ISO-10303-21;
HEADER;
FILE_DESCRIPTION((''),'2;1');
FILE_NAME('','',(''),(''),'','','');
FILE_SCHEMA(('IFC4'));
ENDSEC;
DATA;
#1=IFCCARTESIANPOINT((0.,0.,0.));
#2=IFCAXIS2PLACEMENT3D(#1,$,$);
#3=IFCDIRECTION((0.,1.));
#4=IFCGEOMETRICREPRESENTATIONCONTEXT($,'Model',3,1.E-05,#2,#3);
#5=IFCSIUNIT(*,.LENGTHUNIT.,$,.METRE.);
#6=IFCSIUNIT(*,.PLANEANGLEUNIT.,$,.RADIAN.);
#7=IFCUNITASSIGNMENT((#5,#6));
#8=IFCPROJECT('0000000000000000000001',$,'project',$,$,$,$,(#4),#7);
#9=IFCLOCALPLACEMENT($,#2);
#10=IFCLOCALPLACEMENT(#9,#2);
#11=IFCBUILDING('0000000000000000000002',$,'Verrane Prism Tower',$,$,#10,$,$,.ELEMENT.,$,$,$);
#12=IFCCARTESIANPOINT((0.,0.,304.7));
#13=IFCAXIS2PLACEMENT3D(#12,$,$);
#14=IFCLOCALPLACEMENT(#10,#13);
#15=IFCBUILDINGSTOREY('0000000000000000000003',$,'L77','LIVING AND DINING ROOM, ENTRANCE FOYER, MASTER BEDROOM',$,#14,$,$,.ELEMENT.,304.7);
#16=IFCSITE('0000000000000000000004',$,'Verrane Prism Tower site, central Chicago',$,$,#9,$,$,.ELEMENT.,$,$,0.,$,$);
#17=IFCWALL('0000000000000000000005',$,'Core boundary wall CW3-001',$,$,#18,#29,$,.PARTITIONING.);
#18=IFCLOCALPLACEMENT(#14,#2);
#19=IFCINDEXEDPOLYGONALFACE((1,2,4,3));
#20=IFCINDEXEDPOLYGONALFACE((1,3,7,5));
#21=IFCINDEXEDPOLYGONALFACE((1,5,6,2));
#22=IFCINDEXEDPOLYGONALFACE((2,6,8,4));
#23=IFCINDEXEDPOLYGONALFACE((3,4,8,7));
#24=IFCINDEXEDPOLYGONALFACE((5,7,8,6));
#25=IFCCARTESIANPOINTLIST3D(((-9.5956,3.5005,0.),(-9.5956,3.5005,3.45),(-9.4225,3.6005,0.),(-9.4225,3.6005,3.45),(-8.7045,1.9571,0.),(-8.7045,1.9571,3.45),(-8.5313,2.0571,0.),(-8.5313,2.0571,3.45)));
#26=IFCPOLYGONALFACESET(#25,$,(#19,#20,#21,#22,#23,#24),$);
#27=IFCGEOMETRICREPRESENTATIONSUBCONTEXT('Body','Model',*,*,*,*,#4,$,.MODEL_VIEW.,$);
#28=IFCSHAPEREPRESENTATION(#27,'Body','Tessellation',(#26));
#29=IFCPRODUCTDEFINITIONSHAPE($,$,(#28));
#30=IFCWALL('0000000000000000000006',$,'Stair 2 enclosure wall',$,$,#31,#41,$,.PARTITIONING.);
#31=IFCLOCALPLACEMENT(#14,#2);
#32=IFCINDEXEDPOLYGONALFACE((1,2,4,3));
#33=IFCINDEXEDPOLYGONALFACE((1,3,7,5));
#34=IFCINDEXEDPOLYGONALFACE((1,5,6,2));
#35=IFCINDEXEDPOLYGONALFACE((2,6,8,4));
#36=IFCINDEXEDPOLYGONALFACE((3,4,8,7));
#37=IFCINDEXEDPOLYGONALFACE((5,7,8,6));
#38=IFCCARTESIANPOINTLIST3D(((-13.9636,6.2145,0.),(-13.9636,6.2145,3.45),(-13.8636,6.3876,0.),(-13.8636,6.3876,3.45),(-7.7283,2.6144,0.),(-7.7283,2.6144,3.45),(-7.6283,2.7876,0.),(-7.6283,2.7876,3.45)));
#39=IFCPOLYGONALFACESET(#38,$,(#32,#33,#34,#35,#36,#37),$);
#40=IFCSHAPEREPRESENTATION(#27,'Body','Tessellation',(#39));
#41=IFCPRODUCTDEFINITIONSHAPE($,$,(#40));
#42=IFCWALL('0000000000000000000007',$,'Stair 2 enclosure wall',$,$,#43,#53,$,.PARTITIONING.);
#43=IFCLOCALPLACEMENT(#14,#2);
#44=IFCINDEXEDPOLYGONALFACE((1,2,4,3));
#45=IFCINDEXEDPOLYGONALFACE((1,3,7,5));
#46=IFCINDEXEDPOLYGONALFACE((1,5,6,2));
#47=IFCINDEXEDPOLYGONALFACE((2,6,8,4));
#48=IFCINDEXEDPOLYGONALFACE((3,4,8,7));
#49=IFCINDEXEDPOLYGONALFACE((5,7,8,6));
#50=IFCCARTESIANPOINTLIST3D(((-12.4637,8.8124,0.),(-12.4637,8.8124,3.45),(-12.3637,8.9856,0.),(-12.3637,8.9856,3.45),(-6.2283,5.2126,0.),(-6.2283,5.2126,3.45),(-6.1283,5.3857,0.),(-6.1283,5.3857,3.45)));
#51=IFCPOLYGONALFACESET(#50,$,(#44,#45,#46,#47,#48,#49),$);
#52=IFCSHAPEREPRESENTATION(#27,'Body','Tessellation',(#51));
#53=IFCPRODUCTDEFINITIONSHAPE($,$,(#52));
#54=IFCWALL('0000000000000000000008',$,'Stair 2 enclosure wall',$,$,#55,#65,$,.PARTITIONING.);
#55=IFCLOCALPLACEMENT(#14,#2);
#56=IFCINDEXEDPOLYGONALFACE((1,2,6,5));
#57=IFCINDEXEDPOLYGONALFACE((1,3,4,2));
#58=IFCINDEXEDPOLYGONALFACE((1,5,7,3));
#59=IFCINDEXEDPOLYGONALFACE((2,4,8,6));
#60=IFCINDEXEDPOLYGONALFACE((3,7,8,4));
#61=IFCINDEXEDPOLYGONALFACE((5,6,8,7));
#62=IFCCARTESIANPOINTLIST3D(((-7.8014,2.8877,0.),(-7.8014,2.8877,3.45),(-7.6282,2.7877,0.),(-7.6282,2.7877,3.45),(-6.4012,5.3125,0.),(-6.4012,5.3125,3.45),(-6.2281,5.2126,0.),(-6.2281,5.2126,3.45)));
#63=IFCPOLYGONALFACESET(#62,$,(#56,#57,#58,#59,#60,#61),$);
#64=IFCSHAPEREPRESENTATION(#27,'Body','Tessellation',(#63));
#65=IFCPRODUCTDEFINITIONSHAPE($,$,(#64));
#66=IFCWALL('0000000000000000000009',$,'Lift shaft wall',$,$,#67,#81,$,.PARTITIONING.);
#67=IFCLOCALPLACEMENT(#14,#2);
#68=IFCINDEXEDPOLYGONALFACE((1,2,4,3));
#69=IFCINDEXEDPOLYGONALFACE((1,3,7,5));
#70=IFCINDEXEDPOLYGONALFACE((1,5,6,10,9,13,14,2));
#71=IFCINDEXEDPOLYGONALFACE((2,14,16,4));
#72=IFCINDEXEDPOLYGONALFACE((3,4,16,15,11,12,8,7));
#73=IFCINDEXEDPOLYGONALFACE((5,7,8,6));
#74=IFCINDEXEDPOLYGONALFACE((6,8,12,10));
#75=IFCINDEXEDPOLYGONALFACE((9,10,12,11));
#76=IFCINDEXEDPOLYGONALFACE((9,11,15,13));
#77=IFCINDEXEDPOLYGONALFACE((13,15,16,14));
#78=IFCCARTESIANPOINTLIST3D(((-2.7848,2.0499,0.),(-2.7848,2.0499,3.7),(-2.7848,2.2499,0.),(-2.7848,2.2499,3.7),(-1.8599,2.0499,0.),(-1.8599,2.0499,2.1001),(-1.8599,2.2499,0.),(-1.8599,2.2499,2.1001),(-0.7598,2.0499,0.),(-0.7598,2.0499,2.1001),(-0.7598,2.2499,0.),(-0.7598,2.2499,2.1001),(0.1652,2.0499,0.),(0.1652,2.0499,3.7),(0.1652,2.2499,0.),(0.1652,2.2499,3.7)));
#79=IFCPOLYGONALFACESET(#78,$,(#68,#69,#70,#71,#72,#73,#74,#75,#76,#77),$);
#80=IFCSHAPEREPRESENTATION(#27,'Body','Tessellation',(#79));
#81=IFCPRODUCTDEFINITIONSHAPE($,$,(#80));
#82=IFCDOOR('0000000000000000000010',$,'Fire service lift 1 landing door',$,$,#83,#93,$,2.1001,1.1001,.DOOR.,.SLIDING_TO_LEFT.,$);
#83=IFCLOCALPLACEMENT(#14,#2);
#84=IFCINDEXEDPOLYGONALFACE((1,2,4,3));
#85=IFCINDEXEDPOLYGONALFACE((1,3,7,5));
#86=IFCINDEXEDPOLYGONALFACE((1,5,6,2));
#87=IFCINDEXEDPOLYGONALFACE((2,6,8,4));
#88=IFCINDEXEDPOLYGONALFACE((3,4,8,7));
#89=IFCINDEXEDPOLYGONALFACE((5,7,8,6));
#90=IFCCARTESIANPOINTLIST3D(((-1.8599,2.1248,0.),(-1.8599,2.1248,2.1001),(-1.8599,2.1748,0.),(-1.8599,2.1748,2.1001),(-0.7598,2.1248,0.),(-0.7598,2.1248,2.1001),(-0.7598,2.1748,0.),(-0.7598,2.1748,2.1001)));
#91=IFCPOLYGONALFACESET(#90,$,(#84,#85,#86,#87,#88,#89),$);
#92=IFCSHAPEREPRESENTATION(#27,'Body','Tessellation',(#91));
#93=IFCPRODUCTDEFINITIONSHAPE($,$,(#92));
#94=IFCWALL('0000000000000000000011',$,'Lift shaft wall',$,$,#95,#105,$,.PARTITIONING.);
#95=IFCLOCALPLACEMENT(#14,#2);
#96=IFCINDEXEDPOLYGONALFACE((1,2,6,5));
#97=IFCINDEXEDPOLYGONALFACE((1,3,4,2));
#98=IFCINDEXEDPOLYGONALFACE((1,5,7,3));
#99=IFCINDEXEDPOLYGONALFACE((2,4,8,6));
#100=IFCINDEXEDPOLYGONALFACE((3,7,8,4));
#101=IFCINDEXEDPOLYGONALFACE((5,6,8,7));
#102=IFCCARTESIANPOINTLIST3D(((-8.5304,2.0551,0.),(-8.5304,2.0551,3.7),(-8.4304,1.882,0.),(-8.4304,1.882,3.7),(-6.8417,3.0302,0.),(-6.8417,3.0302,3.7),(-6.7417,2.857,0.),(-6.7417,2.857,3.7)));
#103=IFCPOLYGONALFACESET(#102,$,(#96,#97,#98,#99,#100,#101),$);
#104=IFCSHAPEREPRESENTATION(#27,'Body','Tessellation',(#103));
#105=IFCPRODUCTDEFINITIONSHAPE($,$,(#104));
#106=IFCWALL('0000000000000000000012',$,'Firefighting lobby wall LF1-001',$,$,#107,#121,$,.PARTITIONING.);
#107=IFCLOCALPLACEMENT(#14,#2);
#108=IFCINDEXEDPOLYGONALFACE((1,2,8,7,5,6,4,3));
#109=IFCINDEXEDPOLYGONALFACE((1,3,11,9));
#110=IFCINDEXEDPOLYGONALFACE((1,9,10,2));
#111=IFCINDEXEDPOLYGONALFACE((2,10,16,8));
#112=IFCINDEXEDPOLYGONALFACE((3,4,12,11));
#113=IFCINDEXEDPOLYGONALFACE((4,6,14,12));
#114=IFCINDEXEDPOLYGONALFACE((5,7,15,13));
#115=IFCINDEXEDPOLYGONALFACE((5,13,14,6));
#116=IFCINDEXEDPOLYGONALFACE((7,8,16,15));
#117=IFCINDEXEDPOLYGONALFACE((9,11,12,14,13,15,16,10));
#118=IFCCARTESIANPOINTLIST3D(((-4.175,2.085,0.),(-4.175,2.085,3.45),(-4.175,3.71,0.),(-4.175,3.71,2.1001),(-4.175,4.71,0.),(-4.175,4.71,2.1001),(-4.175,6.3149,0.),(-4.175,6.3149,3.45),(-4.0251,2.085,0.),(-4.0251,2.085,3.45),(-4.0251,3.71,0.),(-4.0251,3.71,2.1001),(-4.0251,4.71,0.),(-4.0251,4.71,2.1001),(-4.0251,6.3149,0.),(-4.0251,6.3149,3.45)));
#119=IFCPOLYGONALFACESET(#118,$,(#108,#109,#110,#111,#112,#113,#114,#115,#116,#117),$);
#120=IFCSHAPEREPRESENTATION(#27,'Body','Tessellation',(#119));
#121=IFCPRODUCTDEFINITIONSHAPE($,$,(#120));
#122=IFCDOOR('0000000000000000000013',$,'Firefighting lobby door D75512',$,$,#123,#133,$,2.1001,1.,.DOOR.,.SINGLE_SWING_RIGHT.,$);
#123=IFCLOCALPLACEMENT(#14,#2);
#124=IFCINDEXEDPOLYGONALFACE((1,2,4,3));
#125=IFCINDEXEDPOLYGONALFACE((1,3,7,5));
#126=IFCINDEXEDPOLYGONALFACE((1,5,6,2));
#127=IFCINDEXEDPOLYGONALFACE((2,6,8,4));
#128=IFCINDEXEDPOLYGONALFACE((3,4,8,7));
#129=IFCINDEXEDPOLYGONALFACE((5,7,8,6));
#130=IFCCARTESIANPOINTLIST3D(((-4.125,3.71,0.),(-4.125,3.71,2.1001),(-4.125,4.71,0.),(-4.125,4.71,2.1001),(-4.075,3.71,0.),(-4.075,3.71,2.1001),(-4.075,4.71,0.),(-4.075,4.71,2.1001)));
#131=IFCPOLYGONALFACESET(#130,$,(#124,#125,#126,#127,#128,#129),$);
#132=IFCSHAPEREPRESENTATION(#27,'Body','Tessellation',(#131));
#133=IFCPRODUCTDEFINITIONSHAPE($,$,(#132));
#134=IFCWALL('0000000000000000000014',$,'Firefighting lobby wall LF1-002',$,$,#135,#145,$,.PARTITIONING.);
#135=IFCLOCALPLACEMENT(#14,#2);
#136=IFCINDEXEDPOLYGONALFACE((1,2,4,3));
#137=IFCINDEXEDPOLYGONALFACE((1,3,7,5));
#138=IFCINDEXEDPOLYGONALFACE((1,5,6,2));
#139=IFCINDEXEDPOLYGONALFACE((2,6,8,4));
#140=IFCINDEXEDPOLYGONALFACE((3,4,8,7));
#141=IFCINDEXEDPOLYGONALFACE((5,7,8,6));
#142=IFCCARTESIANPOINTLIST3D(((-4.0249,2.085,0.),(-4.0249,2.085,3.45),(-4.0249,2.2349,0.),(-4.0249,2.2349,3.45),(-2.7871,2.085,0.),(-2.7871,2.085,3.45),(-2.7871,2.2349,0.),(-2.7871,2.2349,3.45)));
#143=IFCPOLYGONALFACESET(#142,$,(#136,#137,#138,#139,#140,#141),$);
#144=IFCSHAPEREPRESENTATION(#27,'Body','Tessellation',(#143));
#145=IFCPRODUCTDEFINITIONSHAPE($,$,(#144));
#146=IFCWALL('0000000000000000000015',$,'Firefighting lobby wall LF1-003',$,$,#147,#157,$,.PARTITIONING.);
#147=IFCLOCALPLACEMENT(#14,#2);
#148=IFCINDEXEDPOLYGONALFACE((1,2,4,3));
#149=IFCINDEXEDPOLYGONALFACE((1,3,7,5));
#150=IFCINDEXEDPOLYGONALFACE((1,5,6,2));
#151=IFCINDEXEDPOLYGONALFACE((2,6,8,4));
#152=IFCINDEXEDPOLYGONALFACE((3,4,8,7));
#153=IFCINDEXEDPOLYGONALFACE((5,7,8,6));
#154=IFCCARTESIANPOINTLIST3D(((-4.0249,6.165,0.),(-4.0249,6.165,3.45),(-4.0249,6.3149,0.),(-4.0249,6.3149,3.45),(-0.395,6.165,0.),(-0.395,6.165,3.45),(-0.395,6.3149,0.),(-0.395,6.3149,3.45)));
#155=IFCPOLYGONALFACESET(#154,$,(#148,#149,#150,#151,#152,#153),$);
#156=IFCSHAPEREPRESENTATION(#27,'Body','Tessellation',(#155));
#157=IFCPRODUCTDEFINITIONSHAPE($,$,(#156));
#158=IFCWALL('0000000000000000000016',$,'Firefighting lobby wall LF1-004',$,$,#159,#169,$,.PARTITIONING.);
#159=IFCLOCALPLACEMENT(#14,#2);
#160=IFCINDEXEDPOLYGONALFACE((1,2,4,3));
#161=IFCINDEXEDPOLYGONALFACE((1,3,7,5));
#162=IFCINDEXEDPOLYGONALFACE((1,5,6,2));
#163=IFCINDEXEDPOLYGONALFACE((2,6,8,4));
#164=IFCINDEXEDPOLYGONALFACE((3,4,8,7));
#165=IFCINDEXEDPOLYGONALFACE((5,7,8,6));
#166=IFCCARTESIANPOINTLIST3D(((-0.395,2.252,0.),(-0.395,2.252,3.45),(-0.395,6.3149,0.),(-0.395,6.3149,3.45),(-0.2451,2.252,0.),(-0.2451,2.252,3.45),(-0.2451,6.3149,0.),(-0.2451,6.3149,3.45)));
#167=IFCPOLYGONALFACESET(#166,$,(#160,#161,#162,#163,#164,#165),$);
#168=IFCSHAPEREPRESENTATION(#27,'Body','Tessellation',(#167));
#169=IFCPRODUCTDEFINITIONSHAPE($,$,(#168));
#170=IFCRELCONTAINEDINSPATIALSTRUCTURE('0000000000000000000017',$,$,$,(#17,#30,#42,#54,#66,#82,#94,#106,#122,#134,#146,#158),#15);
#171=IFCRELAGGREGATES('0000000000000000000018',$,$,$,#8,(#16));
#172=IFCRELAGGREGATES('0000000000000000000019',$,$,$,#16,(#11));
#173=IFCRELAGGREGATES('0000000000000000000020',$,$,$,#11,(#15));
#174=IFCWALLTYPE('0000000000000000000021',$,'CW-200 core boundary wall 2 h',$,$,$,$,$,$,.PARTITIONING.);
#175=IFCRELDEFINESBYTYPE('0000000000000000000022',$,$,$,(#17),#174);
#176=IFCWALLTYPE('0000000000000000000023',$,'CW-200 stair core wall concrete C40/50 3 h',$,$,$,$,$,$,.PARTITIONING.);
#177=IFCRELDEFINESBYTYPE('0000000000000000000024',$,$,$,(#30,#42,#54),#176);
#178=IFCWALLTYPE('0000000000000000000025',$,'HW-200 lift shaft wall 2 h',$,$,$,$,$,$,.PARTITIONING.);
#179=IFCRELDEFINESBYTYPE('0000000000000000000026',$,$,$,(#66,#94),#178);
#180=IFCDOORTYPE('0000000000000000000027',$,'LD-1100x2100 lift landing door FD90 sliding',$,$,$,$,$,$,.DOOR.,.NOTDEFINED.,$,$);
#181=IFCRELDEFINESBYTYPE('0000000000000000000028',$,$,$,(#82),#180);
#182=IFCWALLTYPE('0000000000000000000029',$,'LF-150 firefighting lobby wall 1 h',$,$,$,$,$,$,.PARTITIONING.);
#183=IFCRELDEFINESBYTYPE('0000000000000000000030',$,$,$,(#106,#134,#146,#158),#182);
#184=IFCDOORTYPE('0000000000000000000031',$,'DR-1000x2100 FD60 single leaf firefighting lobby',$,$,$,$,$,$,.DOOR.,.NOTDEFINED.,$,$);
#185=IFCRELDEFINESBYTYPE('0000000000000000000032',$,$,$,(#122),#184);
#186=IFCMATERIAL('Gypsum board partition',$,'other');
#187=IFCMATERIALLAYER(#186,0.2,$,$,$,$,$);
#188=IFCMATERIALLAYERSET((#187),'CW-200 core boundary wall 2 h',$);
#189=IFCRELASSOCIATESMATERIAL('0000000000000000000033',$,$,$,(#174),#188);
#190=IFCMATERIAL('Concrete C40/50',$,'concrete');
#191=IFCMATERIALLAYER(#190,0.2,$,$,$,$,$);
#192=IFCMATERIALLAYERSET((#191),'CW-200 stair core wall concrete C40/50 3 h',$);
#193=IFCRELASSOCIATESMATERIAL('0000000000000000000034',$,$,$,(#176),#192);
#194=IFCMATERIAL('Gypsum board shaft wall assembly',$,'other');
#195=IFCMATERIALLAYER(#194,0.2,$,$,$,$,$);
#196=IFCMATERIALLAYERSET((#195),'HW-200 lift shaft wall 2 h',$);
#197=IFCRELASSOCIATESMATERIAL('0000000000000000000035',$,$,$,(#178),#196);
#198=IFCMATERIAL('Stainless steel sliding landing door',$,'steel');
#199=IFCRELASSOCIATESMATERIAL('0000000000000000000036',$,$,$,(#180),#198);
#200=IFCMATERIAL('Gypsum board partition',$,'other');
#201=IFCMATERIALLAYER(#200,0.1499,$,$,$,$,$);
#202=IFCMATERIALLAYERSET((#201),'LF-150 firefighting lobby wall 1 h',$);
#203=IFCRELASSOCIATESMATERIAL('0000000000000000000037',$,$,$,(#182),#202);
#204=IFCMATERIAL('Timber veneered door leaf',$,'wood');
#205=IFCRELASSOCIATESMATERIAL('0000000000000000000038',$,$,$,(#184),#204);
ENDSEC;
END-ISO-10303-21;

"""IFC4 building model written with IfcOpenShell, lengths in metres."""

from ifc_helpers import new_model, si_unit, direction, frame, frame_2d, origin, place, context, subcontext, project, spatial, rectangle, extrude, material, layer, layer_set, type_object, element, fill, save


model = new_model("IFC4")

# Units and contexts
model_context = context("Model", 3, precision=1e-05, world=origin(), true_north=direction((0.0, 1.0)))
body_context = subcontext(model_context, "Body", "Model", "MODEL_VIEW")
ifc_project = project(units=[si_unit("LENGTHUNIT", "METRE"), si_unit("PLANEANGLEUNIT", "RADIAN")], contexts=[model_context])

# Site, building, storey
site_placement = place(None, origin())
site = spatial("IfcSite", under=ifc_project, at=site_placement, Name="Verrane Prism Tower site, central Chicago", CompositionType="ELEMENT", RefElevation=0.0)
building_placement = place(site_placement, origin())
building = spatial("IfcBuilding", under=site, at=building_placement, Name="Verrane Prism Tower", CompositionType="ELEMENT")
storey_placement = place(building_placement, frame((0.0, 0.0, 304.7)))
storey = spatial("IfcBuildingStorey", under=building, at=storey_placement, Name="L77", Description="LIVING AND DINING ROOM, ENTRANCE FOYER, MASTER BEDROOM", CompositionType="ELEMENT", Elevation=304.7)

# Walls
ifc_material_1 = material(Name="Gypsum board partition", Category="other")
ifc_layer_1 = layer(ifc_material_1, 0.2)
ifc_layer_set_1 = layer_set([ifc_layer_1], Name="CW-200 core boundary wall 2 h")
wall_type_1 = type_object("IfcWallType", Name="CW-200 core boundary wall 2 h", PredefinedType="PARTITIONING", material=ifc_layer_set_1)
wall_1_placement = place(storey_placement, frame((-9.509, 3.5505, 0.0), z_axis=(0.0, 0.0, 1.0), x_axis=(0.499999, -0.866026, 0.0)))
element("IfcWall", 1, at=wall_1_placement, inside=storey, type_object=wall_type_1, Name="Core boundary wall CW3-001", PredefinedType="PARTITIONING", context=body_context, shape_type="SweptSolid", body=[
    extrude(rectangle(XDim=1.7822, YDim=0.2, at=frame_2d((0.8911, 0.0))), origin(), (0.0, 0.0, 1.0), 3.45),
])
ifc_material_2 = material(Name="Concrete C40/50", Category="concrete")
ifc_layer_2 = layer(ifc_material_2, 0.2)
ifc_layer_set_2 = layer_set([ifc_layer_2], Name="CW-200 stair core wall concrete C40/50 3 h")
wall_type_2 = type_object("IfcWallType", Name="CW-200 stair core wall concrete C40/50 3 h", PredefinedType="PARTITIONING", material=ifc_layer_set_2)
for number, where, z_axis, x_axis, name in (
    (2, (-7.6782, 2.7009, 0.0), (0.0, 0.0, 1.0), (-0.866018, 0.500012, 0.0), "Stair 2 enclosure wall"),
    (3, (-6.1782, 5.2991, 0.0), (0.0, 0.0, 1.0), (-0.866033, 0.499987, 0.0), "Stair 2 enclosure wall"),
):
    element("IfcWall", number, at=place(storey_placement, frame(where, z_axis=z_axis, x_axis=x_axis)), inside=storey, type_object=wall_type_2, Name=name, PredefinedType="PARTITIONING", context=body_context, shape_type="SweptSolid", body=[
        extrude(rectangle(XDim=7.2, YDim=0.2, at=frame_2d((3.6001, 0.0))), origin(), (0.0, 0.0, 1.0), 3.45),
    ])
wall_2_placement = place(storey_placement, frame((-6.3147, 5.2625, 0.0), z_axis=(0.0, 0.0, 1.0), x_axis=(-0.50005, -0.865997, 0.0)))
element("IfcWall", 4, at=wall_2_placement, inside=storey, type_object=wall_type_2, Name="Stair 2 enclosure wall", PredefinedType="PARTITIONING", context=body_context, shape_type="SweptSolid", body=[
    extrude(rectangle(XDim=2.8, YDim=0.2, at=frame_2d((1.3999, 0.0))), origin(), (0.0, 0.0, 1.0), 3.45),
])

# Wall, opening, door
ifc_material_3 = material(Name="Gypsum board shaft wall assembly", Category="other")
ifc_layer_3 = layer(ifc_material_3, 0.2)
ifc_layer_set_3 = layer_set([ifc_layer_3], Name="HW-200 lift shaft wall 2 h")
wall_type_3 = type_object("IfcWallType", Name="HW-200 lift shaft wall 2 h", PredefinedType="PARTITIONING", material=ifc_layer_set_3)
wall_3_placement = place(storey_placement, frame((-2.7849, 2.1499, 0.0), z_axis=(0.0, 0.0, 1.0), x_axis=(1.0, 0.0, 0.0)))
wall_3 = element("IfcWall", 5, at=wall_3_placement, inside=storey, type_object=wall_type_3, Name="Lift shaft wall", PredefinedType="PARTITIONING", context=body_context, shape_type="SweptSolid", body=[
    extrude(rectangle(XDim=2.95, YDim=0.2, at=frame_2d((1.4751, 0.0))), origin(), (0.0, 0.0, 1.0), 3.7),
])
opening_1_placement = place(wall_3_placement, frame((0.925, 0.0, 0.0)))
opening_1 = element("IfcOpeningElement", 6, at=opening_1_placement, cuts=wall_3, PredefinedType="OPENING", context=body_context, shape_type="SweptSolid", body=[
    extrude(rectangle(XDim=1.1001, YDim=2.1001, at=frame_2d((0.55, 1.05))), frame((0.0, 0.1099, 0.0), z_axis=(0.0, -1.0, 0.0), x_axis=(1.0, 0.0, 0.0)), (0.0, 0.0, 1.0), 0.22),
])
ifc_material_4 = material(Name="Stainless steel sliding landing door", Category="steel")
door_type_1 = type_object("IfcDoorType", Name="LD-1100x2100 lift landing door FD90 sliding", OperationType="NOTDEFINED", PredefinedType="DOOR", material=ifc_material_4)
door_1_placement = place(opening_1_placement, origin())
door_1 = element("IfcDoor", 7, at=door_1_placement, inside=storey, type_object=door_type_1, Name="Fire service lift 1 landing door", OperationType="SLIDING_TO_LEFT", OverallHeight=2.1001, OverallWidth=1.1001, PredefinedType="DOOR", context=body_context, shape_type="SweptSolid", body=[
    extrude(rectangle(XDim=1.1001, YDim=2.1001, at=frame_2d((0.55, 1.05))), frame((0.0, 0.0249, 0.0), z_axis=(0.0, -1.0, 0.0), x_axis=(1.0, 0.0, 0.0)), (0.0, 0.0, 1.0), 0.05),
])
fill(opening_1, door_1)

# Wall
wall_4_placement = place(storey_placement, frame((-8.4805, 1.9685, 0.0), z_axis=(0.0, 0.0, 1.0), x_axis=(0.866, 0.500044, 0.0)))
element("IfcWall", 8, at=wall_4_placement, inside=storey, type_object=wall_type_3, Name="Lift shaft wall", PredefinedType="PARTITIONING", context=body_context, shape_type="SweptSolid", body=[
    extrude(rectangle(XDim=1.95, YDim=0.2, at=frame_2d((0.9751, 0.0))), origin(), (0.0, 0.0, 1.0), 3.7),
])

# Wall, opening, door
ifc_material_5 = material(Name="Gypsum board partition", Category="other")
ifc_layer_4 = layer(ifc_material_5, 0.1499)
ifc_layer_set_4 = layer_set([ifc_layer_4], Name="LF-150 firefighting lobby wall 1 h")
wall_type_4 = type_object("IfcWallType", Name="LF-150 firefighting lobby wall 1 h", PredefinedType="PARTITIONING", material=ifc_layer_set_4)
wall_5_placement = place(storey_placement, frame((-4.1001, 2.085, 0.0), z_axis=(0.0, 0.0, 1.0), x_axis=(0.0, 1.0, 0.0)))
wall_5 = element("IfcWall", 9, at=wall_5_placement, inside=storey, type_object=wall_type_4, Name="Firefighting lobby wall LF1-001", PredefinedType="PARTITIONING", context=body_context, shape_type="SweptSolid", body=[
    extrude(rectangle(XDim=4.23, YDim=0.1499, at=frame_2d((2.115, 0.0))), origin(), (0.0, 0.0, 1.0), 3.45),
])
opening_2_placement = place(wall_5_placement, frame((1.625, 0.0, 0.0)))
opening_2 = element("IfcOpeningElement", 10, at=opening_2_placement, cuts=wall_5, PredefinedType="OPENING", context=body_context, shape_type="SweptSolid", body=[
    extrude(rectangle(XDim=1.0, YDim=2.1001, at=frame_2d((0.5, 1.05))), frame((0.0, 0.085, 0.0), z_axis=(0.0, -1.0, 0.0), x_axis=(1.0, 0.0, 0.0)), (0.0, 0.0, 1.0), 0.1699),
])
ifc_material_6 = material(Name="Timber veneered door leaf", Category="wood")
door_type_2 = type_object("IfcDoorType", Name="DR-1000x2100 FD60 single leaf firefighting lobby", OperationType="NOTDEFINED", PredefinedType="DOOR", material=ifc_material_6)
door_2_placement = place(opening_2_placement, origin())
door_2 = element("IfcDoor", 11, at=door_2_placement, inside=storey, type_object=door_type_2, Name="Firefighting lobby door D75512", OperationType="SINGLE_SWING_RIGHT", OverallHeight=2.1001, OverallWidth=1.0, PredefinedType="DOOR", context=body_context, shape_type="SweptSolid", body=[
    extrude(rectangle(XDim=1.0, YDim=2.1001, at=frame_2d((0.5, 1.05))), frame((0.0, 0.0249, 0.0), z_axis=(0.0, -1.0, 0.0), x_axis=(1.0, 0.0, 0.0)), (0.0, 0.0, 1.0), 0.05),
])
fill(opening_2, door_2)

# Walls
wall_6_placement = place(storey_placement, frame((-4.0249, 2.1599, 0.0), z_axis=(0.0, 0.0, 1.0), x_axis=(1.0, 0.0, 0.0)))
element("IfcWall", 12, at=wall_6_placement, inside=storey, type_object=wall_type_4, Name="Firefighting lobby wall LF1-002", PredefinedType="PARTITIONING", context=body_context, shape_type="SweptSolid", body=[
    extrude(rectangle(XDim=1.2378, YDim=0.1499, at=frame_2d((0.6189, 0.0))), origin(), (0.0, 0.0, 1.0), 3.45),
])
wall_7_placement = place(storey_placement, frame((-4.0249, 6.24, 0.0), z_axis=(0.0, 0.0, 1.0), x_axis=(1.0, 0.0, 0.0)))
element("IfcWall", 13, at=wall_7_placement, inside=storey, type_object=wall_type_4, Name="Firefighting lobby wall LF1-003", PredefinedType="PARTITIONING", context=body_context, shape_type="SweptSolid", body=[
    extrude(rectangle(XDim=3.6299, YDim=0.1499, at=frame_2d((1.8149, 0.0))), origin(), (0.0, 0.0, 1.0), 3.45),
])
wall_8_placement = place(storey_placement, frame((-0.3201, 2.252, 0.0), z_axis=(0.0, 0.0, 1.0), x_axis=(0.0, 1.0, 0.0)))
element("IfcWall", 14, at=wall_8_placement, inside=storey, type_object=wall_type_4, Name="Firefighting lobby wall LF1-004", PredefinedType="PARTITIONING", context=body_context, shape_type="SweptSolid", body=[
    extrude(rectangle(XDim=4.063, YDim=0.1499, at=frame_2d((2.0315, 0.0))), origin(), (0.0, 0.0, 1.0), 3.45),
])

save(model, "model.ifc")
